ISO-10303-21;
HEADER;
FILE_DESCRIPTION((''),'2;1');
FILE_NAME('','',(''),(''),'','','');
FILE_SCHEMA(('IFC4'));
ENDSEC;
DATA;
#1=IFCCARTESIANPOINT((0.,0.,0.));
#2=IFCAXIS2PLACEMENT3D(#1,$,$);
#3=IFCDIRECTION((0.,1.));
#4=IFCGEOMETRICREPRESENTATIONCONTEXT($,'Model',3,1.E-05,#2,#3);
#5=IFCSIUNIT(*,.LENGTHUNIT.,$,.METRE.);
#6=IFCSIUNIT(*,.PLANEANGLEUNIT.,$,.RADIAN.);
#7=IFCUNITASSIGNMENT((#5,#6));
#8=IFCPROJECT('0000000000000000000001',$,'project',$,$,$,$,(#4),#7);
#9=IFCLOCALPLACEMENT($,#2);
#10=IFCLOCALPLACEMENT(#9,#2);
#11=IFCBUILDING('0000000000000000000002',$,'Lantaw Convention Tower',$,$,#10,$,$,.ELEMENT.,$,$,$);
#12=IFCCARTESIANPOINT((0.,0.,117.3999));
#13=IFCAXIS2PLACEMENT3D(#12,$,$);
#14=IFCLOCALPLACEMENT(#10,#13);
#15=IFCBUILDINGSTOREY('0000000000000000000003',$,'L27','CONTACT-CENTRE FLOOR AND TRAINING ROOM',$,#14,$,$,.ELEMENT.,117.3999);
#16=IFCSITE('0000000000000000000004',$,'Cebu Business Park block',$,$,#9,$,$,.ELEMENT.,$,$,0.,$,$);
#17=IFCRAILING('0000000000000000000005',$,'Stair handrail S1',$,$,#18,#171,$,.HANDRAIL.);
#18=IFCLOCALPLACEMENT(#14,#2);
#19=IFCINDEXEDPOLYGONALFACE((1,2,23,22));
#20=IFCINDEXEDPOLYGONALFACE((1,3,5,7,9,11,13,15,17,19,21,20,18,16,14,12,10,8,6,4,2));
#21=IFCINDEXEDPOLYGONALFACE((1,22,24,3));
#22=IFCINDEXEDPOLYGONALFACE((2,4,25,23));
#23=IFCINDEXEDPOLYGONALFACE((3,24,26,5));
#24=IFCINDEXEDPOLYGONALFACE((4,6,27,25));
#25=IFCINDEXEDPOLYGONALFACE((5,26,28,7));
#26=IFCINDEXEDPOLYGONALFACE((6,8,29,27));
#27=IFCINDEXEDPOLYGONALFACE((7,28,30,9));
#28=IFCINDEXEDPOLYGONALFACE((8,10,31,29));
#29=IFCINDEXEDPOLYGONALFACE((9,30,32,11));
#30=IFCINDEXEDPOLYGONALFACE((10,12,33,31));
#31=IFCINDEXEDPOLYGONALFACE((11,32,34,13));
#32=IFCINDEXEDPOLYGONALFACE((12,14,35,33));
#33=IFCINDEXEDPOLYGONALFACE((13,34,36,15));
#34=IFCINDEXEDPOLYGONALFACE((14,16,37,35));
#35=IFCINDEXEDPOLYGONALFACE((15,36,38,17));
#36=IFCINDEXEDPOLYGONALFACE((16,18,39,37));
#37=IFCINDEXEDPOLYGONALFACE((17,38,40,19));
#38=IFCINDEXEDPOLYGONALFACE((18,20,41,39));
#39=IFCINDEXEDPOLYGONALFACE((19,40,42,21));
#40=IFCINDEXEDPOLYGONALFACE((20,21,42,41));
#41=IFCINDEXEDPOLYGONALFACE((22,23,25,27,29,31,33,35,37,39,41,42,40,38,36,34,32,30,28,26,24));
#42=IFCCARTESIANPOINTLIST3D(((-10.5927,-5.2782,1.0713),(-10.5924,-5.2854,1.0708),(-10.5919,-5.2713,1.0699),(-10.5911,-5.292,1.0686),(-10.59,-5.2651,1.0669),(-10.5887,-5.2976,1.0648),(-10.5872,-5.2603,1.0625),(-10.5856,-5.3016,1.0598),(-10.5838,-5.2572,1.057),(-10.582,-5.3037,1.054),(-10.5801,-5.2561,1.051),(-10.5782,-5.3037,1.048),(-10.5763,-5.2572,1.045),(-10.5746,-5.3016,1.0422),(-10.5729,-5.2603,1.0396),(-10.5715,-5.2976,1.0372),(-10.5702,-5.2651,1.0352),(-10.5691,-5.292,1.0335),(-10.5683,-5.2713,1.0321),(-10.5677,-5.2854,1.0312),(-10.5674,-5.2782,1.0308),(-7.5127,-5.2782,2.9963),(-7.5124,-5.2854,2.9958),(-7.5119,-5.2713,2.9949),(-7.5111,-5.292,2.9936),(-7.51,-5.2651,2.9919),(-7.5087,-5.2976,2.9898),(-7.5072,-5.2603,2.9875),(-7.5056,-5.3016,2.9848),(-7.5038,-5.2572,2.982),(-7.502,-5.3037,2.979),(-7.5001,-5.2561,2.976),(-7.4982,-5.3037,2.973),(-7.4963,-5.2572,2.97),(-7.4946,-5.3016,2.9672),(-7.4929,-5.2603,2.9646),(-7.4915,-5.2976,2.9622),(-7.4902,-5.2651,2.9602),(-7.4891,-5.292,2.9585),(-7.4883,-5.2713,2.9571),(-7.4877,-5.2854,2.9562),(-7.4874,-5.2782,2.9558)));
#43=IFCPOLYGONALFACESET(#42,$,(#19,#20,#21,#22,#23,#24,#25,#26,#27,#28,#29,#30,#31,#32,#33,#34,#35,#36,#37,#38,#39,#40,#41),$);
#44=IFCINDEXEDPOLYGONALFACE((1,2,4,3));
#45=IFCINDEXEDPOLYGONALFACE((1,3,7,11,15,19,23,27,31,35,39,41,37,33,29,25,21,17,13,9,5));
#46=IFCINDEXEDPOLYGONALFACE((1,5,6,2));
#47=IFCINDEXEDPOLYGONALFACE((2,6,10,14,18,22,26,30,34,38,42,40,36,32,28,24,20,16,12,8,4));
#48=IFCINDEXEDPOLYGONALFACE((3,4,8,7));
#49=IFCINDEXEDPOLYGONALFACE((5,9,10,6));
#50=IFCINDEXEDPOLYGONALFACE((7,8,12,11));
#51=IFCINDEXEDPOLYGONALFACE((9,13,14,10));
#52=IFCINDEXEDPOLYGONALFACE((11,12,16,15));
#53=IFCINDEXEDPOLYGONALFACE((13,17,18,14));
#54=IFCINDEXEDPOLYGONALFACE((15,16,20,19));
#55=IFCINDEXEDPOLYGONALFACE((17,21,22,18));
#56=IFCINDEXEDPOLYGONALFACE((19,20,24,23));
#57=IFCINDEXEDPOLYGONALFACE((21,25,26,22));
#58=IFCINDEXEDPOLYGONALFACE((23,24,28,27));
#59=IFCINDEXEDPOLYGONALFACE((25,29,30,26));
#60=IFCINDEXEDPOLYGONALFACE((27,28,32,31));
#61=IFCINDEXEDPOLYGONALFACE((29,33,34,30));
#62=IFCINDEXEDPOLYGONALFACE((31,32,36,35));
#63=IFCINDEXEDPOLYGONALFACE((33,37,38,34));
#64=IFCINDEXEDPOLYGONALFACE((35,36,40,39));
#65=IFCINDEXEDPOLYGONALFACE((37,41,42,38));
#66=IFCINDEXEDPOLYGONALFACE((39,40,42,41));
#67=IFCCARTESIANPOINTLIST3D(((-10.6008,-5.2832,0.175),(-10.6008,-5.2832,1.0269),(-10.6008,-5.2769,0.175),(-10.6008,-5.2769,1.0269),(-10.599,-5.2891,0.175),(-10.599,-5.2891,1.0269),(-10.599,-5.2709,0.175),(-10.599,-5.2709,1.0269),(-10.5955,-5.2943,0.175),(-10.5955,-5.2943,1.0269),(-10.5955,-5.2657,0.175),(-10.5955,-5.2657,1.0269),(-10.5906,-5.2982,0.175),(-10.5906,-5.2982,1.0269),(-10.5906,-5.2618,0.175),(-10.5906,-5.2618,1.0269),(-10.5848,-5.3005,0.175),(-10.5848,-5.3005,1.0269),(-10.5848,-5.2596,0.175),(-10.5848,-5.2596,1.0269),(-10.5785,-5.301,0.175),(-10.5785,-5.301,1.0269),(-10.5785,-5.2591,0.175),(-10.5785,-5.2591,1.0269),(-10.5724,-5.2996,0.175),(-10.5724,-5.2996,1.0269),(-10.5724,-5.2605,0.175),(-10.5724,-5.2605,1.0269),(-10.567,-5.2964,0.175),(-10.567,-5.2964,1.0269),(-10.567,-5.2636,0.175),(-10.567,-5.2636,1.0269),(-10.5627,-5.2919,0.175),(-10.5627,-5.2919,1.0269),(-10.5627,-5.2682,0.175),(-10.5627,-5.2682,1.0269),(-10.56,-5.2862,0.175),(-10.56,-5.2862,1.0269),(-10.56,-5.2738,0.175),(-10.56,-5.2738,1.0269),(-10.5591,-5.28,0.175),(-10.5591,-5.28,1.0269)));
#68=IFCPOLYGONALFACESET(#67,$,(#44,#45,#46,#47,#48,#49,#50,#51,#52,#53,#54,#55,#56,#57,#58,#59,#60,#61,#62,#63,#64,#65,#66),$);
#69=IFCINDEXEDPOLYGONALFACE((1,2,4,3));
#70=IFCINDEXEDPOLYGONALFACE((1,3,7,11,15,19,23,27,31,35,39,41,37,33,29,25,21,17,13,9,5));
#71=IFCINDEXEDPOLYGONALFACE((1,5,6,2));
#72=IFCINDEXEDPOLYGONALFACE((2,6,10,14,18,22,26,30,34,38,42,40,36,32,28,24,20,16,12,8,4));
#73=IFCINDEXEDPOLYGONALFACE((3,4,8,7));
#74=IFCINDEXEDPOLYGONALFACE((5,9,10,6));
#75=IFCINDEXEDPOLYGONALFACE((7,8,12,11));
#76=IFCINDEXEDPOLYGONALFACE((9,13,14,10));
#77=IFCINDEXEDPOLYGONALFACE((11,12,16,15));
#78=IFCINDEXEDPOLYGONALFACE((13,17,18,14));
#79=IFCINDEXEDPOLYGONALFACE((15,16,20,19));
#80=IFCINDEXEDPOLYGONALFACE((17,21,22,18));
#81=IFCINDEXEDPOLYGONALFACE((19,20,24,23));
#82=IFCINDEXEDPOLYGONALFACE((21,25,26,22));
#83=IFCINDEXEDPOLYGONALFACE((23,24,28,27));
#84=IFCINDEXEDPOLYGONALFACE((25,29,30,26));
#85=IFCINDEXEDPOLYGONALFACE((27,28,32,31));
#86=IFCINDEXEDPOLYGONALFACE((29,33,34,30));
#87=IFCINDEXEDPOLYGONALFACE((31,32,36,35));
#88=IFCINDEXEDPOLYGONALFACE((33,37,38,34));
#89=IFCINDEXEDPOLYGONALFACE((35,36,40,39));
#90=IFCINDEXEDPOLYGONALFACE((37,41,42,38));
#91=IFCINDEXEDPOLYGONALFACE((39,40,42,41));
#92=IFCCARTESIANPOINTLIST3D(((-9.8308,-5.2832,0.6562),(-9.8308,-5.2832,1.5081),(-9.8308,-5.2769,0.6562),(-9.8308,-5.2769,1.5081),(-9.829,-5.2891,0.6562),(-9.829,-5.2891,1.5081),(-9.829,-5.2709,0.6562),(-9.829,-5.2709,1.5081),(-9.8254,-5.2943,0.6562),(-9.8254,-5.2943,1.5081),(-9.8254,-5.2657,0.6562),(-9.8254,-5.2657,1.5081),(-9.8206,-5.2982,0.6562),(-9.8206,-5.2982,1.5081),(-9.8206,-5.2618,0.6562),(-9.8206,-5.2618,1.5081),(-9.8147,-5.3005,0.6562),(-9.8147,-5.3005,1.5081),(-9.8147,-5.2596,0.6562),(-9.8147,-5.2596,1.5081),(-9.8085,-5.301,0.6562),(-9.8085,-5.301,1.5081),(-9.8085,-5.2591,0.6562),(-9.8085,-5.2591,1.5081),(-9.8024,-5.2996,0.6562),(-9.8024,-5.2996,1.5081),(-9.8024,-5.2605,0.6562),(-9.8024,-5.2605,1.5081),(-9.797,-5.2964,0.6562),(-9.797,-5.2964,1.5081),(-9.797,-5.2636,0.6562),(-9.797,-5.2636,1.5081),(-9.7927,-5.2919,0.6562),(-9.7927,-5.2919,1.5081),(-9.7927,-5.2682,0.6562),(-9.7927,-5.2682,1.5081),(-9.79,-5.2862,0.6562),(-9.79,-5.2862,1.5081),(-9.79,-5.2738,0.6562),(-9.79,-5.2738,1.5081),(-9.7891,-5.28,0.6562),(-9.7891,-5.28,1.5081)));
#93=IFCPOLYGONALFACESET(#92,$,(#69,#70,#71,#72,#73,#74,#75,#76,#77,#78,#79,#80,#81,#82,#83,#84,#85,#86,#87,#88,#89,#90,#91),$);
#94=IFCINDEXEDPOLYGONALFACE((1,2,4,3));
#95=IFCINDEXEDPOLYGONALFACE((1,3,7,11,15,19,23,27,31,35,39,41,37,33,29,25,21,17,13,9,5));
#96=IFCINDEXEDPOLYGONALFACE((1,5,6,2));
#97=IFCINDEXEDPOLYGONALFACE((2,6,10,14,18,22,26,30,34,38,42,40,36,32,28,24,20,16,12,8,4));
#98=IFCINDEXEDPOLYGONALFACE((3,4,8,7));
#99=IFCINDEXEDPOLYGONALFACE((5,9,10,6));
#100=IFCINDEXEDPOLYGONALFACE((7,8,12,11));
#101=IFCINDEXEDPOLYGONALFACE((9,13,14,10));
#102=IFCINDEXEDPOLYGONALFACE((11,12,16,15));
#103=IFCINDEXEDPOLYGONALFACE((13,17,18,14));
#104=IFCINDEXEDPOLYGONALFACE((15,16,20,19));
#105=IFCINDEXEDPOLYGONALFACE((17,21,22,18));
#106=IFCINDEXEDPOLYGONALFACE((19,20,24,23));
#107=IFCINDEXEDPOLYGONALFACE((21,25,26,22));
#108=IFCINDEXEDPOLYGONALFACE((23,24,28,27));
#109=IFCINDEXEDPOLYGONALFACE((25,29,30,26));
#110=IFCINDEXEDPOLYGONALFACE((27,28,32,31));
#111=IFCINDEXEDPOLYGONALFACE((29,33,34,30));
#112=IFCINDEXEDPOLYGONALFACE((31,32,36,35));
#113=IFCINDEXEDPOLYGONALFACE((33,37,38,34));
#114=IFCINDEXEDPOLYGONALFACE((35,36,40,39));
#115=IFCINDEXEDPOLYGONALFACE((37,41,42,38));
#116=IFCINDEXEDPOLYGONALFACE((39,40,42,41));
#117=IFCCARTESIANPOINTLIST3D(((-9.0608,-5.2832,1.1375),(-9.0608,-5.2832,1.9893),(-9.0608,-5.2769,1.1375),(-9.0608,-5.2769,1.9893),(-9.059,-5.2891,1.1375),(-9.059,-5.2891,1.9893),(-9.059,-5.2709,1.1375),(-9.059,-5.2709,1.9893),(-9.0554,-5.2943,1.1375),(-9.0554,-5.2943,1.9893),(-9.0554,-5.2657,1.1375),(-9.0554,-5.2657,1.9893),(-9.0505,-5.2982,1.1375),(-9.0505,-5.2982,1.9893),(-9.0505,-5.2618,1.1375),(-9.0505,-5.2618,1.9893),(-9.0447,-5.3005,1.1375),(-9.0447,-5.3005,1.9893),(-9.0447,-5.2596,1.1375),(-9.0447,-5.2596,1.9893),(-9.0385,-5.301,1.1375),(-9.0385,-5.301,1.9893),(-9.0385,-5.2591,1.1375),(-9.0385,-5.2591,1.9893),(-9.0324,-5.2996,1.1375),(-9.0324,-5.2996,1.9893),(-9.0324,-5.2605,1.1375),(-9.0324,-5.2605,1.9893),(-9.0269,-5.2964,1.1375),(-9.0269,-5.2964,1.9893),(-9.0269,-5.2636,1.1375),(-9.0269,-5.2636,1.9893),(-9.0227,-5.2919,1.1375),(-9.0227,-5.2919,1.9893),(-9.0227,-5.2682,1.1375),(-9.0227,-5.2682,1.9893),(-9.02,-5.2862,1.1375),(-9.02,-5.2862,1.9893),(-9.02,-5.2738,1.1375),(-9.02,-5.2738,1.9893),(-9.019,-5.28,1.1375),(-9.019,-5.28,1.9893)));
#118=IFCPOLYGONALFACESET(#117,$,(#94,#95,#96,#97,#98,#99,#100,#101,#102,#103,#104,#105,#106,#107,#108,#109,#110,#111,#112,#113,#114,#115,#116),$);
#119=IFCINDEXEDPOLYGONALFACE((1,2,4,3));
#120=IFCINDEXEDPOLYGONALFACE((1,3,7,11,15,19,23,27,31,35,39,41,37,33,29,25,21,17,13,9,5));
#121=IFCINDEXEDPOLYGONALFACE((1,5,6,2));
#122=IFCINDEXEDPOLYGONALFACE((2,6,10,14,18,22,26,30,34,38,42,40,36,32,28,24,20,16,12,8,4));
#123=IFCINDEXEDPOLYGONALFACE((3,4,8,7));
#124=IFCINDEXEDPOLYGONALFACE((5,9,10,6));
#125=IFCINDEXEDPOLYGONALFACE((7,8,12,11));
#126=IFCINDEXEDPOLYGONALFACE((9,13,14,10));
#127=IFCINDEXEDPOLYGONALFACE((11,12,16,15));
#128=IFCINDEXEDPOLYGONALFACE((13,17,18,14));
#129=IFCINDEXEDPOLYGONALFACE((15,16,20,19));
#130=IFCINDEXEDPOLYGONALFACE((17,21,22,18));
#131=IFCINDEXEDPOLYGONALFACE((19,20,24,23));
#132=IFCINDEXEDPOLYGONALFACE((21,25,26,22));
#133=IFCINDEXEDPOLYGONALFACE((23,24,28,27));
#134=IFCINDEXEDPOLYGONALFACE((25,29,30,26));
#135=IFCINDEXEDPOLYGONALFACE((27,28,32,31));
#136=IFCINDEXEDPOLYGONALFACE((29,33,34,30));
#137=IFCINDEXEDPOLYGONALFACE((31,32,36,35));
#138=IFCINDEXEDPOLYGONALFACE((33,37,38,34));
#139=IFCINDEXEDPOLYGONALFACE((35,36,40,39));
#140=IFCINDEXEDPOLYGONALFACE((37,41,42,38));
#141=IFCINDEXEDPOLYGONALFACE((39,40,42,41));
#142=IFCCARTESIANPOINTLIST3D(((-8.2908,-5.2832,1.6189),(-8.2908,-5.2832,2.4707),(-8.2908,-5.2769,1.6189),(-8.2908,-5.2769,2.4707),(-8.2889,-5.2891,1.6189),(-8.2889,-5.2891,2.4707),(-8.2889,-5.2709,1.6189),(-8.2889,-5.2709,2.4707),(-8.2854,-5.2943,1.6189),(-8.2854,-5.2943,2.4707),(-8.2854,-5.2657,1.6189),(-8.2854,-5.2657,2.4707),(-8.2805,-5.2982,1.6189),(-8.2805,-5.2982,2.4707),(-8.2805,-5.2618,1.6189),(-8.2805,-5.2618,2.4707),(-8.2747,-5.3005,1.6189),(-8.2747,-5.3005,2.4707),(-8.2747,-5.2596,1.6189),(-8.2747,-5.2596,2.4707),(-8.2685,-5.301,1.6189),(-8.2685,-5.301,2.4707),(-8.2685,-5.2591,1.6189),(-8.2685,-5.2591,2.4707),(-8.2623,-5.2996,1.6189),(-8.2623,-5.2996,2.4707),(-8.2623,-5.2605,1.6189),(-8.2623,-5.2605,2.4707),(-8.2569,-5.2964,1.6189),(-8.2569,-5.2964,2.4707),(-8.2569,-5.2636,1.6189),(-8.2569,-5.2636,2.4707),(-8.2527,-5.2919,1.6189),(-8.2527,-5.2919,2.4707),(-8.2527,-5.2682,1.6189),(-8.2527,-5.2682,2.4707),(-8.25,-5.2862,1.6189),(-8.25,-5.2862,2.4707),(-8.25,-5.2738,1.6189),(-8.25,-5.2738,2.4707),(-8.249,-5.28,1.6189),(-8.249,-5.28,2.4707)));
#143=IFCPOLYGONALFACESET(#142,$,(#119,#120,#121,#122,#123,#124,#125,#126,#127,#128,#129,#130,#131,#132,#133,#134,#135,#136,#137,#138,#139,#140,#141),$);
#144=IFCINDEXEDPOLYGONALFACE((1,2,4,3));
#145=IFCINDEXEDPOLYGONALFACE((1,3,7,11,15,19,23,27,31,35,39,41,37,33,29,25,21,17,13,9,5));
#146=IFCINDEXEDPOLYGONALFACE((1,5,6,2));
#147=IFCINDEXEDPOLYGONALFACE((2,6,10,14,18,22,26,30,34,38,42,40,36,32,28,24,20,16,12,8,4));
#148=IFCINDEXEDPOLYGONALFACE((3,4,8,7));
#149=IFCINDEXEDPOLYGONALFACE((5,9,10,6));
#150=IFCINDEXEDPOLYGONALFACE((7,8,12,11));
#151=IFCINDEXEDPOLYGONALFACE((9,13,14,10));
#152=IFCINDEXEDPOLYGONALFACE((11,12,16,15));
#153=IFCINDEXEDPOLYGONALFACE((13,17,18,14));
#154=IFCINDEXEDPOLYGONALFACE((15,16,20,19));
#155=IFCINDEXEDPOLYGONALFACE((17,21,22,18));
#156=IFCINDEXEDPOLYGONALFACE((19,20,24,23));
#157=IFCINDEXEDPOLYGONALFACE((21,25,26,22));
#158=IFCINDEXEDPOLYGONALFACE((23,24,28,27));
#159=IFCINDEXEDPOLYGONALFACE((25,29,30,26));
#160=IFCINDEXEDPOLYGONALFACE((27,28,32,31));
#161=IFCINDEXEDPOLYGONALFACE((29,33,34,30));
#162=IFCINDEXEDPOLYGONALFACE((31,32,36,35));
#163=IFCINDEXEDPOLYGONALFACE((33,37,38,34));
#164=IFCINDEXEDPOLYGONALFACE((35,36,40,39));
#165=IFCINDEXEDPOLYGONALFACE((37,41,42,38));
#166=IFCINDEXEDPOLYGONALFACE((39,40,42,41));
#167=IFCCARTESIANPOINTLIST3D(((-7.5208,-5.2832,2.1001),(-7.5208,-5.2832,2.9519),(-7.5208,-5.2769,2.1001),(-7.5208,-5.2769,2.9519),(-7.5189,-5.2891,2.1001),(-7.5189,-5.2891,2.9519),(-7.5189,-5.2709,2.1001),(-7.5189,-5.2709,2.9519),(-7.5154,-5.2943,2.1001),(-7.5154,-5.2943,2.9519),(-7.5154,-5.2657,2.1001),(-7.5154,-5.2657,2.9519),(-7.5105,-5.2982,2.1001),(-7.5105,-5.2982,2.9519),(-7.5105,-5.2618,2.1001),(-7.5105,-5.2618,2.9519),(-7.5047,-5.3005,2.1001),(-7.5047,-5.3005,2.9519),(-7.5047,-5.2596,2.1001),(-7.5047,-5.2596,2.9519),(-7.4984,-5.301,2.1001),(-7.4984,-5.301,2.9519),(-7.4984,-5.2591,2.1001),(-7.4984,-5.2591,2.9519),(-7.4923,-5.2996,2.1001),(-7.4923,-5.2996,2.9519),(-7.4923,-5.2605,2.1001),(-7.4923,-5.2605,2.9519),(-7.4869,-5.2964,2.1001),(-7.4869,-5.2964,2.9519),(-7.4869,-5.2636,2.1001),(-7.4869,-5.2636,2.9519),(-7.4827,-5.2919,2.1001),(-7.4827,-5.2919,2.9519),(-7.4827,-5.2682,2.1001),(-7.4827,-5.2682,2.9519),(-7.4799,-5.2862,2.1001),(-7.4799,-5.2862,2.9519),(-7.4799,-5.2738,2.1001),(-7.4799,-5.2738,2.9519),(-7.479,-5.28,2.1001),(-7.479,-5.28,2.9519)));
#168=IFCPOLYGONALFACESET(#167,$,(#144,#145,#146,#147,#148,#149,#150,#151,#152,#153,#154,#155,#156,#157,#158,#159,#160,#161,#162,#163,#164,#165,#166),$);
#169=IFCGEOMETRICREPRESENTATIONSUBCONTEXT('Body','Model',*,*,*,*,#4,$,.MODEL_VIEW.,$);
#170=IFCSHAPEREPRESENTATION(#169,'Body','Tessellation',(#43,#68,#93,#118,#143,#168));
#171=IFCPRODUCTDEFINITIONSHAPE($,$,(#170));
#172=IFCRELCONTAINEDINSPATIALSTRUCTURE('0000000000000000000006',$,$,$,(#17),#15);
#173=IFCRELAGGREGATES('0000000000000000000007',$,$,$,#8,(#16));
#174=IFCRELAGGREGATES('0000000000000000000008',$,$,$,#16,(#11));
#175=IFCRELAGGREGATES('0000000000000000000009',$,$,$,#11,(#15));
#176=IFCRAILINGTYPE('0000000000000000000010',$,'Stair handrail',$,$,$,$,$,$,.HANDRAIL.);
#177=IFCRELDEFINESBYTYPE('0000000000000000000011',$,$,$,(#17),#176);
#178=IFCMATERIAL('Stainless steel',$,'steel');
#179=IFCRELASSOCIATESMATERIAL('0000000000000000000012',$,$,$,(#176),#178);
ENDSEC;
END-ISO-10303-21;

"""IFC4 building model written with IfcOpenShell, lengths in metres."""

from ifc_helpers import new_model, si_unit, direction, frame, origin, origin_2d, place, context, subcontext, project, spatial, circle, extrude, material, type_object, element, save


model = new_model("IFC4")

# Units and contexts
model_context = context("Model", 3, precision=1e-05, world=origin(), true_north=direction((0.0, 1.0)))
body_context = subcontext(model_context, "Body", "Model", "MODEL_VIEW")
ifc_project = project(units=[si_unit("LENGTHUNIT", "METRE"), si_unit("PLANEANGLEUNIT", "RADIAN")], contexts=[model_context])

# Site, building, storey
site_placement = place(None, origin())
site = spatial("IfcSite", under=ifc_project, at=site_placement, Name="Cebu Business Park block", CompositionType="ELEMENT", RefElevation=0.0)
building_placement = place(site_placement, origin())
building = spatial("IfcBuilding", under=site, at=building_placement, Name="Lantaw Convention Tower", CompositionType="ELEMENT")
storey_placement = place(building_placement, frame((0.0, 0.0, 117.3999)))
storey = spatial("IfcBuildingStorey", under=building, at=storey_placement, Name="L27", Description="CONTACT-CENTRE FLOOR AND TRAINING ROOM", CompositionType="ELEMENT", Elevation=117.3999)

# Railing
ifc_material_1 = material(Name="Stainless steel", Category="steel")
railing_type = type_object("IfcRailingType", Name="Stair handrail", PredefinedType="HANDRAIL", material=ifc_material_1)
railing_1_placement = place(storey_placement, frame((-10.5801, -5.28, 0.175)))
element("IfcRailing", 1, at=railing_1_placement, inside=storey, type_object=railing_type, Name="Stair handrail S1", PredefinedType="HANDRAIL", context=body_context, shape_type="SweptSolid", body=[
    extrude(circle(Radius=0.0239, at=origin_2d()), frame((0.0, 0.0, 0.876), z_axis=(0.847998, 0.0, 0.529999), x_axis=(0.0, 1.0, 0.0)), (0.0, 0.0, 1.0), 3.6321),
    extrude(circle(Radius=0.021, at=origin_2d()), origin(), (0.0, 0.0, 1.0), 0.8518),
    extrude(circle(Radius=0.021, at=origin_2d()), frame((0.77, 0.0, 0.4812)), (0.0, 0.0, 1.0), 0.8518),
    extrude(circle(Radius=0.021, at=origin_2d()), frame((1.54, 0.0, 0.9624)), (0.0, 0.0, 1.0), 0.8518),
    extrude(circle(Radius=0.021, at=origin_2d()), frame((2.3101, 0.0, 1.4438)), (0.0, 0.0, 1.0), 0.8518),
    extrude(circle(Radius=0.021, at=origin_2d()), frame((3.0801, 0.0, 1.925)), (0.0, 0.0, 1.0), 0.8518),
])

save(model, "model.ifc")
